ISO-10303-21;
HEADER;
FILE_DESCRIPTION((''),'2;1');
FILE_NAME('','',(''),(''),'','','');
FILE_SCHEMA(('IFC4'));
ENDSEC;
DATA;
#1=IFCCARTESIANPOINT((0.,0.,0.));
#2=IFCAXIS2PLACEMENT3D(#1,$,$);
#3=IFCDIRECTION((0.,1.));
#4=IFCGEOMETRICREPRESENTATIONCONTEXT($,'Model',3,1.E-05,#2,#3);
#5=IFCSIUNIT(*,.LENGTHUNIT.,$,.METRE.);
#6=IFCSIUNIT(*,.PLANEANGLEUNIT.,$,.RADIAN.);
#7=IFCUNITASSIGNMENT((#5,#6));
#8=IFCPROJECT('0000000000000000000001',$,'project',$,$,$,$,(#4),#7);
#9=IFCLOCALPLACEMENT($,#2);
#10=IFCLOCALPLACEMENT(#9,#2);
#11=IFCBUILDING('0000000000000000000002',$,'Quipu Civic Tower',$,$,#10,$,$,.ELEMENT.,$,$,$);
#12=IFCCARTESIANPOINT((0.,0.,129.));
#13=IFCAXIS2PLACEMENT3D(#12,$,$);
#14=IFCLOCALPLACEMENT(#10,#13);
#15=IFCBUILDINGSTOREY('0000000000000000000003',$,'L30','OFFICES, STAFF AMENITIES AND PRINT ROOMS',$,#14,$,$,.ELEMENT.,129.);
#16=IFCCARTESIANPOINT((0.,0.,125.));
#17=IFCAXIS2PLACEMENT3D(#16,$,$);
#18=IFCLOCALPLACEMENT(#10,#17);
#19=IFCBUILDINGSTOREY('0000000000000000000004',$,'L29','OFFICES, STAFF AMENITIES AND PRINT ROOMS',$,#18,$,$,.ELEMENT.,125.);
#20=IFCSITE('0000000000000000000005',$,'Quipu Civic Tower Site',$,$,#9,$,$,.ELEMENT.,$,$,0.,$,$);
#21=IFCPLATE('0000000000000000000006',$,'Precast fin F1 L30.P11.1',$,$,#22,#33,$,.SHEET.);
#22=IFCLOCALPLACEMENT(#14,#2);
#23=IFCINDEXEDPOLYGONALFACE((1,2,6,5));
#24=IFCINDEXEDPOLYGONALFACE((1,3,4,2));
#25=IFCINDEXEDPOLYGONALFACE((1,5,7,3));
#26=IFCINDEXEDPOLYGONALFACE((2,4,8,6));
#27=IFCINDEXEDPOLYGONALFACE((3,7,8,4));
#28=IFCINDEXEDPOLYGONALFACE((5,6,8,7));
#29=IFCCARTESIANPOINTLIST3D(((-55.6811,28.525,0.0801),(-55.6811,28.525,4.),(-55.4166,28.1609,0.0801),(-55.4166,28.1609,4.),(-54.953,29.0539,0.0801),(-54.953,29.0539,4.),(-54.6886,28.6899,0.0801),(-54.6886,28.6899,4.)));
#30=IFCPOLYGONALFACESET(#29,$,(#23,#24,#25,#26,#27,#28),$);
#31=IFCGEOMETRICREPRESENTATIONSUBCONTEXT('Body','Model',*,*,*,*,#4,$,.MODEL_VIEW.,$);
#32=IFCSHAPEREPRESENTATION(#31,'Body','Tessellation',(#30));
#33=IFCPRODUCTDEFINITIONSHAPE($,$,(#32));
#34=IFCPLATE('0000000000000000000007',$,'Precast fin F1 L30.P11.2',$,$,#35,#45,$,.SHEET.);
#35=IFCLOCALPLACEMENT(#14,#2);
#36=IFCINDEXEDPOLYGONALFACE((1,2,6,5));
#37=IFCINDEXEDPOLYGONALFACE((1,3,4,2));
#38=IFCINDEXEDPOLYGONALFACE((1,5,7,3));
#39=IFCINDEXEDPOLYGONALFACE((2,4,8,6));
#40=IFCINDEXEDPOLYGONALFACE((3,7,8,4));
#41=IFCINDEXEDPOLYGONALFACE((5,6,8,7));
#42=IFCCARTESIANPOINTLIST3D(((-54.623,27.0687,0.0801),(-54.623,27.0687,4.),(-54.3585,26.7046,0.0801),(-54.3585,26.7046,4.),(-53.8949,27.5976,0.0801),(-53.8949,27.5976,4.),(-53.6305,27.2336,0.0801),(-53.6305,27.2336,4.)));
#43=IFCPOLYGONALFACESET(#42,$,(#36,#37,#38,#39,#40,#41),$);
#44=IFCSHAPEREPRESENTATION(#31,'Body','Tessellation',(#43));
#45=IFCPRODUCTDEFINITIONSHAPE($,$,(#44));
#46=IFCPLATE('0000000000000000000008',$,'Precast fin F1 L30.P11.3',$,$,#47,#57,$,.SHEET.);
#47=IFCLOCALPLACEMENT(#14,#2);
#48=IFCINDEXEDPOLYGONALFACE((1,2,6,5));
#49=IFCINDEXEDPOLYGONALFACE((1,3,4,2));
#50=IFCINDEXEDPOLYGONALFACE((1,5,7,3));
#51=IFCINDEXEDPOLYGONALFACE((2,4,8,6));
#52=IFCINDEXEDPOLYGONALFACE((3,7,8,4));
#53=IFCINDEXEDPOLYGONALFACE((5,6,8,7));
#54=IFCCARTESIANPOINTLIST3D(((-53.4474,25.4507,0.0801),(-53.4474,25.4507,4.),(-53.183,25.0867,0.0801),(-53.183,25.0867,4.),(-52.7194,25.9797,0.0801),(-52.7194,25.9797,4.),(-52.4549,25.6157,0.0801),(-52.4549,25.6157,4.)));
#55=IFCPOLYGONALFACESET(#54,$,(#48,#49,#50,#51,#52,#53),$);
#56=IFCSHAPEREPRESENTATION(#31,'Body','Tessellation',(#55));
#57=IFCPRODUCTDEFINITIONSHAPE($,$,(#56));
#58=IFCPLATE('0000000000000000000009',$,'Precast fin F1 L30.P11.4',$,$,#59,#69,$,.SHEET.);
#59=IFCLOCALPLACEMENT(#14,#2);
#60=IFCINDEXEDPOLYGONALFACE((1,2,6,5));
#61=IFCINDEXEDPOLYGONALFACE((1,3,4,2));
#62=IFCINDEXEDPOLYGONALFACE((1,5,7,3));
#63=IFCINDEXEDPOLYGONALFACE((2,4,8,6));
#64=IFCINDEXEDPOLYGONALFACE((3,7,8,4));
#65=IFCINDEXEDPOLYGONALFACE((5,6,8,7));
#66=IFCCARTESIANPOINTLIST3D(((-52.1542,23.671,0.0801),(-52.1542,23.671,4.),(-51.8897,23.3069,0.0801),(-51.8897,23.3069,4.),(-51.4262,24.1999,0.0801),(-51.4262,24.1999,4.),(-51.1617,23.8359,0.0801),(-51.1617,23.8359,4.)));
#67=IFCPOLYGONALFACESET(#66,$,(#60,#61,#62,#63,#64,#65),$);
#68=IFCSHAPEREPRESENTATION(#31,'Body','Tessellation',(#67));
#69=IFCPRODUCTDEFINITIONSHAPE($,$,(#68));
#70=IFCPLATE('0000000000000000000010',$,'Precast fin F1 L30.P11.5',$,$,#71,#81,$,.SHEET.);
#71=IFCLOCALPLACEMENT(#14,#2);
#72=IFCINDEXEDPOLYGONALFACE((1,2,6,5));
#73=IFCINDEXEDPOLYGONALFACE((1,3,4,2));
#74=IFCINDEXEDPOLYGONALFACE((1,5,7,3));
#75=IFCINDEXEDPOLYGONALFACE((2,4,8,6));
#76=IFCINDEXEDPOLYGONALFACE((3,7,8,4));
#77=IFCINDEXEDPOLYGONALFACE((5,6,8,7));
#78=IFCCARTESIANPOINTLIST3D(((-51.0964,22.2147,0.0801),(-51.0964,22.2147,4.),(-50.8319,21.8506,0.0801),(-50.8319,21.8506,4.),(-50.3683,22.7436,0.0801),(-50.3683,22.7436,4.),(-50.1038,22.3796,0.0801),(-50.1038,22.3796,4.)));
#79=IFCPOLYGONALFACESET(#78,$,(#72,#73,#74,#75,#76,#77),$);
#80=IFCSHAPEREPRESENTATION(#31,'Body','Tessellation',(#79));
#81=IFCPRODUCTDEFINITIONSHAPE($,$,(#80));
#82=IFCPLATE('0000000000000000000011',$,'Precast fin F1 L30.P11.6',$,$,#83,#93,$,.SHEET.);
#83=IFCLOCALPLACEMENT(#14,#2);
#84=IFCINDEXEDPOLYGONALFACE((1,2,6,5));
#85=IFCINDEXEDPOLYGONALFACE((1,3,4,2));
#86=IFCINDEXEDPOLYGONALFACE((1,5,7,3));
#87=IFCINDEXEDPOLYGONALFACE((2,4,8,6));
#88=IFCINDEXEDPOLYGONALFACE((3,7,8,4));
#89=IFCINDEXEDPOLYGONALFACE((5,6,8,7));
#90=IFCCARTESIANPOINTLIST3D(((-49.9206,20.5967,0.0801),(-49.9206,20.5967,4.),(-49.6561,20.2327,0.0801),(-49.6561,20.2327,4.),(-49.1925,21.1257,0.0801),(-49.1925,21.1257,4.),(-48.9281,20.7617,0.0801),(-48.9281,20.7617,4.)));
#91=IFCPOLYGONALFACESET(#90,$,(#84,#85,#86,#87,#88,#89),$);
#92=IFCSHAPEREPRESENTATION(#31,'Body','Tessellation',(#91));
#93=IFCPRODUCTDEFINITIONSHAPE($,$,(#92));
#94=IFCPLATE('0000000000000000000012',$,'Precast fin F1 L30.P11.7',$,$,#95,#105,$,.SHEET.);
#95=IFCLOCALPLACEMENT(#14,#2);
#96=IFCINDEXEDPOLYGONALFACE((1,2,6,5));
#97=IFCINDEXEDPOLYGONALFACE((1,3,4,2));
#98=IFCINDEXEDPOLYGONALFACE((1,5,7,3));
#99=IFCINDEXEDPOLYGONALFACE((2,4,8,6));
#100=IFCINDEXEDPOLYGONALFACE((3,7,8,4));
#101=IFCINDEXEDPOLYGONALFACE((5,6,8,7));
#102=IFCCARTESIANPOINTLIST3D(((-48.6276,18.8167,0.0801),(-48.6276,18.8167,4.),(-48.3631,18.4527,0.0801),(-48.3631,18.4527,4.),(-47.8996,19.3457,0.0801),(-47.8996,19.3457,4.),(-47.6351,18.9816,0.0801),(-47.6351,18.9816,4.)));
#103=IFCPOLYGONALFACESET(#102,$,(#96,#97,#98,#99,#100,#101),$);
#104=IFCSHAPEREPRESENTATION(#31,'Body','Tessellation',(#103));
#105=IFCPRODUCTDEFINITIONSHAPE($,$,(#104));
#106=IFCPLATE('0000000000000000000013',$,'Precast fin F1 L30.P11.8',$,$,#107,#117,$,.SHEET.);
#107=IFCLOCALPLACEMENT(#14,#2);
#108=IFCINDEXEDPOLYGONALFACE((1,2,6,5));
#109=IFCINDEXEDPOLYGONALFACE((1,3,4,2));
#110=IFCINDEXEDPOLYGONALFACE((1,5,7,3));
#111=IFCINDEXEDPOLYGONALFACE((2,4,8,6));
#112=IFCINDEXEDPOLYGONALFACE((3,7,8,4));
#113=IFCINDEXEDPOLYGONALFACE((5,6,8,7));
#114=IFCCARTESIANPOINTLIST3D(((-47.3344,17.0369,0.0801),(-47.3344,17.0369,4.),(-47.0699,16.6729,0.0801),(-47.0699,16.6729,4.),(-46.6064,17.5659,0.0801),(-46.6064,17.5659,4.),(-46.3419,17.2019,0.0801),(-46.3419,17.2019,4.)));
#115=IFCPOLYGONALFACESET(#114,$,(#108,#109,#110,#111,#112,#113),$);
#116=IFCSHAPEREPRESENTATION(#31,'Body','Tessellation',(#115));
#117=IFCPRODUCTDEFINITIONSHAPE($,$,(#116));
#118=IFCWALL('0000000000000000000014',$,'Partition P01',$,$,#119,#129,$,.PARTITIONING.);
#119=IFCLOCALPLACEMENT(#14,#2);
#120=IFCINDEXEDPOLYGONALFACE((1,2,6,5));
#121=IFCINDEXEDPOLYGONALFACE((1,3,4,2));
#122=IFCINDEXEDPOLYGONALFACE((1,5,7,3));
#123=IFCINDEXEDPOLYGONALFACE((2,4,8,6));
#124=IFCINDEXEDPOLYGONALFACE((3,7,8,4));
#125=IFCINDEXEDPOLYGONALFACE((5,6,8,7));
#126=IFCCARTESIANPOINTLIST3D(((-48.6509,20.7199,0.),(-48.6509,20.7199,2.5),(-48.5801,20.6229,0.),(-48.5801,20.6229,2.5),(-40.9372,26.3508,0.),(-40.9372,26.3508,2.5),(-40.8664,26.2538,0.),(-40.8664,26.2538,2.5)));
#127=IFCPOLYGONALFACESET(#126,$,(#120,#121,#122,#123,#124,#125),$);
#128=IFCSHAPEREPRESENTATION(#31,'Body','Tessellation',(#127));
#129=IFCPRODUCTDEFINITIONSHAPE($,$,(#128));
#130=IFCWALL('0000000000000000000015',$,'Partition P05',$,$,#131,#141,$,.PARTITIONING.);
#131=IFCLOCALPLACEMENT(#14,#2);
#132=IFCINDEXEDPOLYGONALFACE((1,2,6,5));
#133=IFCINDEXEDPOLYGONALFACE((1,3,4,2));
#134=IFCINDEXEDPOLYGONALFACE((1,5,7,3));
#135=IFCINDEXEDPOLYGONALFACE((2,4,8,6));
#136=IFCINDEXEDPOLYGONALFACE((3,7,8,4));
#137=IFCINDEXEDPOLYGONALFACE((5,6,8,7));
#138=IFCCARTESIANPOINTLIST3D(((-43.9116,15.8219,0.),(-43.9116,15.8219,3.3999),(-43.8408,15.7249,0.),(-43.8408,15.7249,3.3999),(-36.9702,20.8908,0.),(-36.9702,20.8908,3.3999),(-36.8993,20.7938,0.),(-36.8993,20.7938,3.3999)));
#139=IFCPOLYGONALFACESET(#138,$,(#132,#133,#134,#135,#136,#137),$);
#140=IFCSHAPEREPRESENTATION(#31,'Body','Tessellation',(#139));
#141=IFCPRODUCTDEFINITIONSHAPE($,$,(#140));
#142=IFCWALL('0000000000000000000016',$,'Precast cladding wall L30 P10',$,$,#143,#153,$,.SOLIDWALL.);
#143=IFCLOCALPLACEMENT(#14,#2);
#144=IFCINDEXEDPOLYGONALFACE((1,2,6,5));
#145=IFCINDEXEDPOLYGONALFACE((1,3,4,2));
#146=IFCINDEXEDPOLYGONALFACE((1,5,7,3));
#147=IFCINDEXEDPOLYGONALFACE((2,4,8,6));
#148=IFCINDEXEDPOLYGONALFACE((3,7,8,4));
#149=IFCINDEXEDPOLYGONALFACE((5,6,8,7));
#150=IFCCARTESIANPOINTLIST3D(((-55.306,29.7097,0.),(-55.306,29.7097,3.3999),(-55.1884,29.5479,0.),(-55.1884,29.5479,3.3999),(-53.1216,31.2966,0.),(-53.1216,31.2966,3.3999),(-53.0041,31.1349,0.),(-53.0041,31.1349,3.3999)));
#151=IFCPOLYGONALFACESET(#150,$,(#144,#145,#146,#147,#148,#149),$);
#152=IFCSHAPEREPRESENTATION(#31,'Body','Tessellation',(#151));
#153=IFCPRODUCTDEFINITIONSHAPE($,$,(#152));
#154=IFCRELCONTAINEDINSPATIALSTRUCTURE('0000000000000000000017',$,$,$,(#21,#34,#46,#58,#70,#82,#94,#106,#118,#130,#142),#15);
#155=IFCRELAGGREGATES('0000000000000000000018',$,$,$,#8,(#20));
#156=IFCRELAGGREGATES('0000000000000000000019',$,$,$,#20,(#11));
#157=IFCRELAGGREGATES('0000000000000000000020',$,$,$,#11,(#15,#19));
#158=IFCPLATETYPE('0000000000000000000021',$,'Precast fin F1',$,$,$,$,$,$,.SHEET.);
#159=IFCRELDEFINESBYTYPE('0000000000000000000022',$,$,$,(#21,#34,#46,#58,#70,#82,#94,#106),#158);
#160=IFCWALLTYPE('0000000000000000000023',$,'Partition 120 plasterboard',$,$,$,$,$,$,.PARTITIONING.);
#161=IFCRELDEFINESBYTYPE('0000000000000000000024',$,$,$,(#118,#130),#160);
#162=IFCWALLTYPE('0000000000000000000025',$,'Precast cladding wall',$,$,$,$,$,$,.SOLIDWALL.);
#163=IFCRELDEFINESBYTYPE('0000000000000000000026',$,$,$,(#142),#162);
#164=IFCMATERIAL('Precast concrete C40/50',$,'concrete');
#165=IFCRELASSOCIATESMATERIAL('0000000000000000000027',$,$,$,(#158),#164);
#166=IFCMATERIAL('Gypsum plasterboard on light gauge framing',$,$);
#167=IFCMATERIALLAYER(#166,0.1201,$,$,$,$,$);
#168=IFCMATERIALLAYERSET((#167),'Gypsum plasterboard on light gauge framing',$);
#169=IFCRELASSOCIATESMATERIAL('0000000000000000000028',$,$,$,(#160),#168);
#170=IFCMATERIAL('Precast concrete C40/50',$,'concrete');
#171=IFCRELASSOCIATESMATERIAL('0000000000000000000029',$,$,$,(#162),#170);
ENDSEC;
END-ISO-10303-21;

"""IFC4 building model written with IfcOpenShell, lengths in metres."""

from ifc_helpers import new_model, si_unit, direction, frame, frame_2d, origin, origin_2d, place, context, subcontext, project, spatial, rectangle, extrude, material, layer, layer_set, type_object, element, save


model = new_model("IFC4")

# Units and contexts
model_context = context("Model", 3, precision=1e-05, world=origin(), true_north=direction((0.0, 1.0)))
body_context = subcontext(model_context, "Body", "Model", "MODEL_VIEW")
ifc_project = project(units=[si_unit("LENGTHUNIT", "METRE"), si_unit("PLANEANGLEUNIT", "RADIAN")], contexts=[model_context])

# Site, building, storey
site_placement = place(None, origin())
site = spatial("IfcSite", under=ifc_project, at=site_placement, Name="Quipu Civic Tower Site", CompositionType="ELEMENT", RefElevation=0.0)
building_placement = place(site_placement, origin())
building = spatial("IfcBuilding", under=site, at=building_placement, Name="Quipu Civic Tower", CompositionType="ELEMENT")
storey_1_placement = place(building_placement, frame((0.0, 0.0, 129.0)))
storey_1 = spatial("IfcBuildingStorey", under=building, at=storey_1_placement, Name="L30", Description="OFFICES, STAFF AMENITIES AND PRINT ROOMS", CompositionType="ELEMENT", Elevation=129.0)

# Shared definitions
storey_2_placement = place(building_placement, frame((0.0, 0.0, 125.0)))
storey_2 = spatial("IfcBuildingStorey", under=building, at=storey_2_placement, Name="L29", Description="OFFICES, STAFF AMENITIES AND PRINT ROOMS", CompositionType="ELEMENT", Elevation=125.0)

# Plates
ifc_material_1 = material(Name="Precast concrete C40/50", Category="concrete")
plate_type_1 = type_object("IfcPlateType", Name="Precast fin F1", PredefinedType="SHEET", material=ifc_material_1)
for number, where, z_axis, x_axis, name in (
    (1, (-55.1848, 28.6074, 0.0801), (0.0, 0.0, 1.0), (0.587786, -0.809017, 0.0), "Precast fin F1 L30.P11.1"),
    (2, (-54.1267, 27.1511, 0.0801), (0.0, 0.0, 1.0), (0.587786, -0.809017, 0.0), "Precast fin F1 L30.P11.2"),
    (3, (-52.9512, 25.5332, 0.0801), (0.0, 0.0, 1.0), (0.587786, -0.809017, 0.0), "Precast fin F1 L30.P11.3"),
    (4, (-51.658, 23.7534, 0.0801), (0.0, 0.0, 1.0), (0.587786, -0.809017, 0.0), "Precast fin F1 L30.P11.4"),
    (5, (-50.6001, 22.2971, 0.0801), (0.0, 0.0, 1.0), (0.587786, -0.809017, 0.0), "Precast fin F1 L30.P11.5"),
    (6, (-49.4243, 20.6792, 0.0801), (0.0, 0.0, 1.0), (0.587786, -0.809017, 0.0), "Precast fin F1 L30.P11.6"),
    (7, (-48.1313, 18.8992, 0.0801), (0.0, 0.0, 1.0), (0.587786, -0.809017, 0.0), "Precast fin F1 L30.P11.7"),
    (8, (-46.8381, 17.1194, 0.0801), (0.0, 0.0, 1.0), (0.587786, -0.809017, 0.0), "Precast fin F1 L30.P11.8"),
):
    element("IfcPlate", number, at=place(storey_1_placement, frame(where, z_axis=z_axis, x_axis=x_axis)), inside=storey_1, type_object=plate_type_1, Name=name, PredefinedType="SHEET", context=body_context, shape_type="SweptSolid", body=[
        extrude(rectangle(XDim=0.45, YDim=0.8999, at=origin_2d()), origin(), (0.0, 0.0, 1.0), 3.9199),
    ])

# Walls
ifc_material_2 = material(Name="Gypsum plasterboard on light gauge framing")
ifc_layer_1 = layer(ifc_material_2, 0.1201)
ifc_layer_set_1 = layer_set([ifc_layer_1], Name="Gypsum plasterboard on light gauge framing")
wall_type_1 = type_object("IfcWallType", Name="Partition 120 plasterboard", PredefinedType="PARTITIONING", material=ifc_layer_set_1)
wall_1_placement = place(storey_1_placement, frame((-48.6155, 20.6714, 0.0), z_axis=(0.0, 0.0, 1.0), x_axis=(0.807691, 0.589606, 0.0)))
element("IfcWall", 9, at=wall_1_placement, inside=storey_1, type_object=wall_type_1, Name="Partition P01", PredefinedType="PARTITIONING", context=body_context, shape_type="SweptSolid", body=[
    extrude(rectangle(XDim=9.5503, YDim=0.1201, at=frame_2d((4.7751, 0.0))), origin(), (0.0, 0.0, 1.0), 2.5),
])
wall_2_placement = place(storey_1_placement, frame((-43.8762, 15.7734, 0.0), z_axis=(0.0, 0.0, 1.0), x_axis=(0.807597, 0.589735, 0.0)))
element("IfcWall", 10, at=wall_2_placement, inside=storey_1, type_object=wall_type_1, Name="Partition P05", PredefinedType="PARTITIONING", context=body_context, shape_type="SweptSolid", body=[
    extrude(rectangle(XDim=8.5952, YDim=0.1201, at=frame_2d((4.2976, 0.0))), origin(), (0.0, 0.0, 1.0), 3.3999),
])
ifc_material_3 = material(Name="Precast concrete C40/50", Category="concrete")
wall_type_2 = type_object("IfcWallType", Name="Precast cladding wall", PredefinedType="SOLIDWALL", material=ifc_material_3)
wall_3_placement = place(storey_1_placement, frame((-53.0627, 31.2158, 0.0), z_axis=(0.0, 0.0, 1.0), x_axis=(-0.809033, -0.587763, 0.0)))
element("IfcWall", 11, at=wall_3_placement, inside=storey_1, type_object=wall_type_2, Name="Precast cladding wall L30 P10", PredefinedType="SOLIDWALL", context=body_context, shape_type="SweptSolid", body=[
    extrude(rectangle(XDim=2.7, YDim=0.2, at=frame_2d((1.3501, 0.0))), origin(), (0.0, 0.0, 1.0), 3.3999),
])

save(model, "model.ifc")
